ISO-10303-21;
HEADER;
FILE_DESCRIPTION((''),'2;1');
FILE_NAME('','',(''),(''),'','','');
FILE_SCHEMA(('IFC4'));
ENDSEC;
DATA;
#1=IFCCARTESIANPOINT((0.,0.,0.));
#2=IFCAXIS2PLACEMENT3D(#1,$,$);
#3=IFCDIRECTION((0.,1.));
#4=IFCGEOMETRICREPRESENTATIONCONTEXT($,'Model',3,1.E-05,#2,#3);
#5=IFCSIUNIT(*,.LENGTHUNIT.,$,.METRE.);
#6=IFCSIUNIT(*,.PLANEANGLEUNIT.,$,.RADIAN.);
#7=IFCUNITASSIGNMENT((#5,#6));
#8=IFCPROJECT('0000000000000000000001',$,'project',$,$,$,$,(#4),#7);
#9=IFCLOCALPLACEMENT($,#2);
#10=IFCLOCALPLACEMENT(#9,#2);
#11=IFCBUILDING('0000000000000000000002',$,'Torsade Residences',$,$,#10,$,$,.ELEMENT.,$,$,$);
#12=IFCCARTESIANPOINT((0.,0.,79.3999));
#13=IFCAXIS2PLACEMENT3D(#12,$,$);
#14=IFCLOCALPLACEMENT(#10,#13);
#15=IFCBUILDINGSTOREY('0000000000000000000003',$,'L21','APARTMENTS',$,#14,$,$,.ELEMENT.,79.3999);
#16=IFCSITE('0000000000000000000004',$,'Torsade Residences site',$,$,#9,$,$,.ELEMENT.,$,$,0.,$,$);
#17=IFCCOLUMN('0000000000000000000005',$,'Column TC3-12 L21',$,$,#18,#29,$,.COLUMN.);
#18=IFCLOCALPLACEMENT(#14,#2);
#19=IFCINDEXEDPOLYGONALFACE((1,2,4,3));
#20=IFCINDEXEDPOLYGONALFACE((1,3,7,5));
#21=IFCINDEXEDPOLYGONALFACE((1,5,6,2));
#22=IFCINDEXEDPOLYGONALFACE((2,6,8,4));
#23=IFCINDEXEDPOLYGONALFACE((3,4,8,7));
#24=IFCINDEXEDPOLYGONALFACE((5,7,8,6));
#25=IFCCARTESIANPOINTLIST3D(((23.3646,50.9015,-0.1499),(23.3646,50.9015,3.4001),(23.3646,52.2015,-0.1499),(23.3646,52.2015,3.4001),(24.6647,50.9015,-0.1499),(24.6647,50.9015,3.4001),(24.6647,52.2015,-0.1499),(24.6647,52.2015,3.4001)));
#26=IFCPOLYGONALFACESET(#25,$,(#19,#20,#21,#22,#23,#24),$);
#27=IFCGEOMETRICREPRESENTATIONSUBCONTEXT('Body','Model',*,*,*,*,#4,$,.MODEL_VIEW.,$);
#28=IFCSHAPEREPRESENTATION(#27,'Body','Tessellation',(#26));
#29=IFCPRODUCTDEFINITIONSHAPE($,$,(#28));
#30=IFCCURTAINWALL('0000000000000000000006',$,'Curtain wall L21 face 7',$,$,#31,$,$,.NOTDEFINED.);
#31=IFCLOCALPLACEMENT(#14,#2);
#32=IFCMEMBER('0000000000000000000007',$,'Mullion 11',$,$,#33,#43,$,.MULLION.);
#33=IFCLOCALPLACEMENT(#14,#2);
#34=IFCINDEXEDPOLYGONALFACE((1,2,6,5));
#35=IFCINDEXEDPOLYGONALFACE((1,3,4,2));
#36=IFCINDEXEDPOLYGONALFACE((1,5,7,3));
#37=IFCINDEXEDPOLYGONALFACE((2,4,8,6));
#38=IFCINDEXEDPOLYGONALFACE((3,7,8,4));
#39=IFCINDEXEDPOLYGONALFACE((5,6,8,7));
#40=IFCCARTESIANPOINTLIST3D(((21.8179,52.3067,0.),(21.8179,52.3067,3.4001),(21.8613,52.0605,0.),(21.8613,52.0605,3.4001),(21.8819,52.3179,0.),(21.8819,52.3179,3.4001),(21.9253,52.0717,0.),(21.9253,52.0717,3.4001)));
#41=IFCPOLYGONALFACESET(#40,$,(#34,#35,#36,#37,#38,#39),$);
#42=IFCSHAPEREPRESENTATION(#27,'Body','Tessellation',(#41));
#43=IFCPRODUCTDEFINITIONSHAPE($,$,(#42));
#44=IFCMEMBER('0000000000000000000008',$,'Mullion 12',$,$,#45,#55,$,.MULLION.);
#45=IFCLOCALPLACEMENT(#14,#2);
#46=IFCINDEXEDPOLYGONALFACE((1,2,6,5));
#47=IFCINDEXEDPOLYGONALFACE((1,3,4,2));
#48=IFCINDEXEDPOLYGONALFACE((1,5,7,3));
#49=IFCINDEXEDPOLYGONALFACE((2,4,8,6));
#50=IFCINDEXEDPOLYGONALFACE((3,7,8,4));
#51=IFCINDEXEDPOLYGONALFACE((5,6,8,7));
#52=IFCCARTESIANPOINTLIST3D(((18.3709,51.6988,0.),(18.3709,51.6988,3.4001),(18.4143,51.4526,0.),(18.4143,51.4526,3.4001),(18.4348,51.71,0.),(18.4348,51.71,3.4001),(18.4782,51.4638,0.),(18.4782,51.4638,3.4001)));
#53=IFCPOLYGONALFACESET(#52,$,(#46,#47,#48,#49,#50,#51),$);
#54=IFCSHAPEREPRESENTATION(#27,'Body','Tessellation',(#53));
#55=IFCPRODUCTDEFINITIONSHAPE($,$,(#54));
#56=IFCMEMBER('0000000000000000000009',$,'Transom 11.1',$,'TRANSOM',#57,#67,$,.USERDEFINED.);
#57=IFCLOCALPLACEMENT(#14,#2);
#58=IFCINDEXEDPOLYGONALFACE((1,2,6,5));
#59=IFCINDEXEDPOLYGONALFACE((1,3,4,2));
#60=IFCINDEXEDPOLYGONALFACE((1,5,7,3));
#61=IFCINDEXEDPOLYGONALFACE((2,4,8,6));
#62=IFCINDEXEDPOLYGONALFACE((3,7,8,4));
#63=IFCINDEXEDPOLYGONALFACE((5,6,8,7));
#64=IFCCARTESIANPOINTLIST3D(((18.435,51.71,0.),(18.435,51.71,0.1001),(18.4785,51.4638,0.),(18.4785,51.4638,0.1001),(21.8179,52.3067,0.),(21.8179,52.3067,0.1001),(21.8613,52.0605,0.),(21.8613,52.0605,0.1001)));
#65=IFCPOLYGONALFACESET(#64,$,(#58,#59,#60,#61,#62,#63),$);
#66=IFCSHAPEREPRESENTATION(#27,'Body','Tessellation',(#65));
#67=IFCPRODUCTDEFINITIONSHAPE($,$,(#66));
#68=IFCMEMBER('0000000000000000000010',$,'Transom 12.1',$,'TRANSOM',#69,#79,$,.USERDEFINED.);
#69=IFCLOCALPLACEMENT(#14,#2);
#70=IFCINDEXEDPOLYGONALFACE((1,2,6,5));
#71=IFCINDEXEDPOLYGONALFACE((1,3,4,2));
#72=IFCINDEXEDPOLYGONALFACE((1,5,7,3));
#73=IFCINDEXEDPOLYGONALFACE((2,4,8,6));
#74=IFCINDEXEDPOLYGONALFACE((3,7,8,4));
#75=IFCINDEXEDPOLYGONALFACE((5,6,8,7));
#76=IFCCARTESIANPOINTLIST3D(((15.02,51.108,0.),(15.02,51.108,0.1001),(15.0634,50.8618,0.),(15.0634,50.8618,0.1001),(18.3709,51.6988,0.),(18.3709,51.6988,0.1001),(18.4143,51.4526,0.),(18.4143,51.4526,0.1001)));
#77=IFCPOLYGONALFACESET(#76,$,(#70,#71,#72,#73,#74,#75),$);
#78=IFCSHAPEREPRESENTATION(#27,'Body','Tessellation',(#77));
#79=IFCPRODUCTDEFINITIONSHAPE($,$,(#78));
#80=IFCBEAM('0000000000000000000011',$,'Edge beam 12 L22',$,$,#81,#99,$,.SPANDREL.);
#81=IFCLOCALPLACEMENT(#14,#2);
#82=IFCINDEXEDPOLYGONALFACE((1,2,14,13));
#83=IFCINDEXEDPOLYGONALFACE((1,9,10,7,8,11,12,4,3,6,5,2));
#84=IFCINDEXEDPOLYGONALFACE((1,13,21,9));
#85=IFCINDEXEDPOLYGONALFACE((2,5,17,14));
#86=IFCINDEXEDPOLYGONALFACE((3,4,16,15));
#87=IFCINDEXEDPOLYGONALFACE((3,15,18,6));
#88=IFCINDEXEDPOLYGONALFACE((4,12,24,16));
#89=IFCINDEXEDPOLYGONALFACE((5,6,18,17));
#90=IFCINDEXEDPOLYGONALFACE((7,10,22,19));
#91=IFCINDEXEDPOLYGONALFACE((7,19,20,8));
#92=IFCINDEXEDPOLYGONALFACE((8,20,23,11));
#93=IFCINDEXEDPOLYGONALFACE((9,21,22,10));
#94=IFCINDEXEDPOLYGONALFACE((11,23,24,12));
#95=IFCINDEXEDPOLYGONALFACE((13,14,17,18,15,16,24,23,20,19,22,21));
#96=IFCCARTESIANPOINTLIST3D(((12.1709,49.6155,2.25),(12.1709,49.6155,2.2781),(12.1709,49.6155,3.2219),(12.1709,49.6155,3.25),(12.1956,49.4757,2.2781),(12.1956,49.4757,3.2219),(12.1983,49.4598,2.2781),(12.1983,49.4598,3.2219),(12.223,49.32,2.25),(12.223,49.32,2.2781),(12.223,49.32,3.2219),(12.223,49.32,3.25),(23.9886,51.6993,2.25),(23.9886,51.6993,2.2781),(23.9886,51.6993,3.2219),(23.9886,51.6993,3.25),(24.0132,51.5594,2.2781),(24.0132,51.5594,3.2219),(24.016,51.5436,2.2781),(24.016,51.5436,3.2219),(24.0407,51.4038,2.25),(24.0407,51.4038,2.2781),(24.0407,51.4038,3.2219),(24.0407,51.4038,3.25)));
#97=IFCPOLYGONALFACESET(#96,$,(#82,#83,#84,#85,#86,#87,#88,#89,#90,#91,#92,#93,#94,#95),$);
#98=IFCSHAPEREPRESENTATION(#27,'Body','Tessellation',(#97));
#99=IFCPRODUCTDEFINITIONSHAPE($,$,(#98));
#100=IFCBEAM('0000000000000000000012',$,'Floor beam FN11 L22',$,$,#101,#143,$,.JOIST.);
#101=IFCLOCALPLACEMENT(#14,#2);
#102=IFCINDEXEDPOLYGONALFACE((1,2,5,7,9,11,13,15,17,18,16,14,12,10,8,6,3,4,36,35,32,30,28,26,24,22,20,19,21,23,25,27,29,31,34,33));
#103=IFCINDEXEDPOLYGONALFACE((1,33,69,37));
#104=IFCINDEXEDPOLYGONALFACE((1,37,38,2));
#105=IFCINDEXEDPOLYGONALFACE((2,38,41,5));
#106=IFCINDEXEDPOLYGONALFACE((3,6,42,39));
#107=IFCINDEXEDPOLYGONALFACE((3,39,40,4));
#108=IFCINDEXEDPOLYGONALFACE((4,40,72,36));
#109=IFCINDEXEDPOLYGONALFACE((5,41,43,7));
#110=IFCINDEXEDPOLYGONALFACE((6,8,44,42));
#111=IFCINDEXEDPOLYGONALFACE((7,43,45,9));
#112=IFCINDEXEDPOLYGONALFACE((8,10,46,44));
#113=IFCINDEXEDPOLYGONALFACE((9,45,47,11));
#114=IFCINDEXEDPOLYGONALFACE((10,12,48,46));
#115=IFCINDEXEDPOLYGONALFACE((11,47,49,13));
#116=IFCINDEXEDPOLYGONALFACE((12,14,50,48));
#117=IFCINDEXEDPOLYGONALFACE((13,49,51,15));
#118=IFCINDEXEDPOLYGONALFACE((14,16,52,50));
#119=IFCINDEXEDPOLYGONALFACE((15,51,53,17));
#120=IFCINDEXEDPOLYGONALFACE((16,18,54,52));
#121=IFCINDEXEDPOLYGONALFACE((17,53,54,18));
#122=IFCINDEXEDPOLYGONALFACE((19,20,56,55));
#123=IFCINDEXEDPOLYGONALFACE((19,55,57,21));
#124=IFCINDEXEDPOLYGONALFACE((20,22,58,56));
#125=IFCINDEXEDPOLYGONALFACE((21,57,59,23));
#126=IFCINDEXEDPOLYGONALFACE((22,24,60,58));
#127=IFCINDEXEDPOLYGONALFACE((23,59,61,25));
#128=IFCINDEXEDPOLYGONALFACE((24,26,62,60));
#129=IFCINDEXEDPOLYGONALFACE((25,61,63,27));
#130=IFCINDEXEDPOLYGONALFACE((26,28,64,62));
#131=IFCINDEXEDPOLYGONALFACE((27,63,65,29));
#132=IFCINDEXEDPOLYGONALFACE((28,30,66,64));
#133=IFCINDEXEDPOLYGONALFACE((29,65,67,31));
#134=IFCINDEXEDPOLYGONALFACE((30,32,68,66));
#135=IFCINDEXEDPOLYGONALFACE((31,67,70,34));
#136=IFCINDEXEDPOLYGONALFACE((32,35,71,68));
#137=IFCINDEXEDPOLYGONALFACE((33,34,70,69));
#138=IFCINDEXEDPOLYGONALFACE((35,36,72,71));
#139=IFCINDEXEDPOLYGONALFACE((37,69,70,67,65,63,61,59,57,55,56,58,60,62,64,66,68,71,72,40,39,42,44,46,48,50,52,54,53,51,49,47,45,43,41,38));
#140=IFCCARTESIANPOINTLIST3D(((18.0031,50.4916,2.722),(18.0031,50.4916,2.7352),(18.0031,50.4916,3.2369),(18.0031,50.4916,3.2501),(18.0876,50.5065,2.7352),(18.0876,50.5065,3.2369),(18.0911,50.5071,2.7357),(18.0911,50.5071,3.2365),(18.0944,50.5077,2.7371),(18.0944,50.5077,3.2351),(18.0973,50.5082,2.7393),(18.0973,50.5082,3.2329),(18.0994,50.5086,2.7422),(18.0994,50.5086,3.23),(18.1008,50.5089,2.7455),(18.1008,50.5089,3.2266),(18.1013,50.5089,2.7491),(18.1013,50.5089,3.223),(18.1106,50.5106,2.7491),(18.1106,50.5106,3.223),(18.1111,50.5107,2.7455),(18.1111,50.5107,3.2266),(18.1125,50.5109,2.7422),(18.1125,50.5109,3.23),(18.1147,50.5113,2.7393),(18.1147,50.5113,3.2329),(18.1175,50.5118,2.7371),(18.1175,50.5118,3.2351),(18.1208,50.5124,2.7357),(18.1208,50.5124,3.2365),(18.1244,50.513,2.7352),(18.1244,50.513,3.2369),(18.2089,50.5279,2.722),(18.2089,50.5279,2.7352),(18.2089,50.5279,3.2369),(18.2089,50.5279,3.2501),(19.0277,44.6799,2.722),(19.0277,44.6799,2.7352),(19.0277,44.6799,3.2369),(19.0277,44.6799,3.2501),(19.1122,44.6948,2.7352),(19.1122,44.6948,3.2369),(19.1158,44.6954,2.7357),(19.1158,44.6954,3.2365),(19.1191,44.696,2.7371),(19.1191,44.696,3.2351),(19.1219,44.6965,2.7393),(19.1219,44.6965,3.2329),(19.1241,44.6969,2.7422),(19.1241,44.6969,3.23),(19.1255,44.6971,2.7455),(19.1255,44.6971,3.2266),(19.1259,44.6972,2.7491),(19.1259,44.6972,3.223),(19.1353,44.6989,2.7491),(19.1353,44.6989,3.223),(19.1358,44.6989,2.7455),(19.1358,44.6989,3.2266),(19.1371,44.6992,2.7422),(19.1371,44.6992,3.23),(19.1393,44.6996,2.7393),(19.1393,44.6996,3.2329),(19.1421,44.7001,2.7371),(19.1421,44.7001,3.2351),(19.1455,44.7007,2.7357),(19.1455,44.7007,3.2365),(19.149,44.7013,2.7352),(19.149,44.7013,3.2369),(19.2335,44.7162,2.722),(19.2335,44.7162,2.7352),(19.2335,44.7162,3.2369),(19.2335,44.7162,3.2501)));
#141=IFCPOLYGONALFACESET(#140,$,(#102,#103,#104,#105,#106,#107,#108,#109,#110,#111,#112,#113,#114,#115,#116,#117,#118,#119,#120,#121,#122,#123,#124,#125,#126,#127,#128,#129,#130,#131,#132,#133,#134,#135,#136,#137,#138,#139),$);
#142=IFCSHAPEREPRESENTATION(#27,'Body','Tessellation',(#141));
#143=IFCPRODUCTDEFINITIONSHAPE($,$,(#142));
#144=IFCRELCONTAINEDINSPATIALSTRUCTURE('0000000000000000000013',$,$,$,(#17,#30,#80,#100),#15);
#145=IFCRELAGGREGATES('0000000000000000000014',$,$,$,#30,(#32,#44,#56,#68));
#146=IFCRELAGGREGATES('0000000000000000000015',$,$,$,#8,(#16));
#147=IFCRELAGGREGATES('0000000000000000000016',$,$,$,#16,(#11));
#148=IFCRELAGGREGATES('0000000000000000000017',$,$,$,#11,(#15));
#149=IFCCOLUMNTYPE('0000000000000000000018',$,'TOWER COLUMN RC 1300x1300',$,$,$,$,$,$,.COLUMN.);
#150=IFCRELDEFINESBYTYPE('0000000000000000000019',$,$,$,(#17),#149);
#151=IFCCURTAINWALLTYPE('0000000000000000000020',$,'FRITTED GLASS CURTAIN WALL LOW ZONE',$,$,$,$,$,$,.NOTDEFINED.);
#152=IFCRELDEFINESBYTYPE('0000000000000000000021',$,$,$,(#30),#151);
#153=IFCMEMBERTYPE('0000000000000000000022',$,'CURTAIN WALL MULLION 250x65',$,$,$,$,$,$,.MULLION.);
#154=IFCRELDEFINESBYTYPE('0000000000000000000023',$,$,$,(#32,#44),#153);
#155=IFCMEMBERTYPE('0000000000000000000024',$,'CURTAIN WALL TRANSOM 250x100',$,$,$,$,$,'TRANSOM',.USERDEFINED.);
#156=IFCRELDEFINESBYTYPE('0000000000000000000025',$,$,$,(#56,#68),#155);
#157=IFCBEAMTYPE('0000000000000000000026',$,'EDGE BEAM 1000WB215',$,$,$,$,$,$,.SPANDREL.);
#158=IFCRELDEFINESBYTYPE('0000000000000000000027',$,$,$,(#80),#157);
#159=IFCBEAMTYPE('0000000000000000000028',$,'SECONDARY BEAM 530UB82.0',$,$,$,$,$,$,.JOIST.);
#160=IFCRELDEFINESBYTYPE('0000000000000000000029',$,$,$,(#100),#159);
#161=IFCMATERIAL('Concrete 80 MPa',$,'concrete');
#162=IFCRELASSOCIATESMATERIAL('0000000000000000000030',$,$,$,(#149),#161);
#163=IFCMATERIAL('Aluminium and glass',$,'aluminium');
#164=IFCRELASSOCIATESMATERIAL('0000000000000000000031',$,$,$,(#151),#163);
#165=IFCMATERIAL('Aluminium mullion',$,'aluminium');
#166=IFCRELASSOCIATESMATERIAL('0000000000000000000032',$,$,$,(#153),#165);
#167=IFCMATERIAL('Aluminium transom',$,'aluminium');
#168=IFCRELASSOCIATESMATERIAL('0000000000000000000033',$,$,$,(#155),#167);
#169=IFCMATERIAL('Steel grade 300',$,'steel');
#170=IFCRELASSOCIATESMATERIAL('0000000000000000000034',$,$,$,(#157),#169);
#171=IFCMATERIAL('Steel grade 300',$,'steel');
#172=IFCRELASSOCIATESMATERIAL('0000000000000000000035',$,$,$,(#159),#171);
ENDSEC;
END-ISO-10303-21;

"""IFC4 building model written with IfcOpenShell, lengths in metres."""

from ifc_helpers import new_model, si_unit, direction, frame, origin, origin_2d, place, context, subcontext, project, spatial, rectangle, i_section, extrude, material, material_profile, profile_set, type_object, element, aggregate, save


model = new_model("IFC4")

# Units and contexts
model_context = context("Model", 3, precision=1e-05, world=origin(), true_north=direction((0.0, 1.0)))
body_context = subcontext(model_context, "Body", "Model", "MODEL_VIEW")
ifc_project = project(units=[si_unit("LENGTHUNIT", "METRE"), si_unit("PLANEANGLEUNIT", "RADIAN")], contexts=[model_context])

# Site, building, storey
site_placement = place(None, origin())
site = spatial("IfcSite", under=ifc_project, at=site_placement, Name="Torsade Residences site", CompositionType="ELEMENT", RefElevation=0.0)
building_placement = place(site_placement, origin())
building = spatial("IfcBuilding", under=site, at=building_placement, Name="Torsade Residences", CompositionType="ELEMENT")
storey_placement = place(building_placement, frame((0.0, 0.0, 79.3999)))
storey = spatial("IfcBuildingStorey", under=building, at=storey_placement, Name="L21", Description="APARTMENTS", CompositionType="ELEMENT", Elevation=79.3999)

# Column
ifc_material_1 = material(Name="Concrete 80 MPa", Category="concrete")
ifc_material_profile_1 = material_profile(ifc_material_1, rectangle(XDim=1.3, YDim=1.3, at=origin_2d()), Name="RC 1300x1300")
ifc_profile_set_1 = profile_set([ifc_material_profile_1], Name="Concrete 80 MPa")
column_type = type_object("IfcColumnType", Name="TOWER COLUMN RC 1300x1300", PredefinedType="COLUMN", material=ifc_profile_set_1)
column_placement = place(storey_placement, frame((24.0146, 51.5515, -0.1499), z_axis=(0.0, 0.0, 1.0), x_axis=(1.0, 0.0, 0.0)))
element("IfcColumn", 1, at=column_placement, inside=storey, type_object=column_type, Name="Column TC3-12 L21", PredefinedType="COLUMN", context=body_context, shape_type="SweptSolid", body=[
    extrude(rectangle(XDim=1.3, YDim=1.3, at=origin_2d()), origin(), (0.0, 0.0, 1.0), 3.55),
])

# Curtain wall, members
ifc_material_2 = material(Name="Aluminium and glass", Category="aluminium")
curtain_wall_type = type_object("IfcCurtainWallType", Name="FRITTED GLASS CURTAIN WALL LOW ZONE", PredefinedType="NOTDEFINED", material=ifc_material_2)
curtain_wall_placement = place(storey_placement, origin())
curtain_wall = element("IfcCurtainWall", 2, at=curtain_wall_placement, inside=storey, type_object=curtain_wall_type, Name="Curtain wall L21 face 7", PredefinedType="NOTDEFINED")
ifc_material_3 = material(Name="Aluminium mullion", Category="aluminium")
ifc_material_profile_2 = material_profile(ifc_material_3, rectangle(XDim=0.25, YDim=0.0649, at=origin_2d()), Name="CURTAIN WALL MULLION 250x65")
ifc_profile_set_2 = profile_set([ifc_material_profile_2], Name="Aluminium mullion")
member_type_1 = type_object("IfcMemberType", Name="CURTAIN WALL MULLION 250x65", PredefinedType="MULLION", material=ifc_profile_set_2)
member_1_placement = place(storey_placement, frame((21.8716, 52.1892, 0.0), z_axis=(0.0, 0.0, 1.0), x_axis=(0.173648, -0.984808, 0.0)))
member_1 = element("IfcMember", 3, at=member_1_placement, type_object=member_type_1, Name="Mullion 11", PredefinedType="MULLION", context=body_context, shape_type="SweptSolid", body=[
    extrude(rectangle(XDim=0.25, YDim=0.0649, at=origin_2d()), origin(), (0.0, 0.0, 1.0), 3.4001),
])
member_2_placement = place(storey_placement, frame((18.4246, 51.5813, 0.0), z_axis=(0.0, 0.0, 1.0), x_axis=(0.173648, -0.984808, 0.0)))
member_2 = element("IfcMember", 4, at=member_2_placement, type_object=member_type_1, Name="Mullion 12", PredefinedType="MULLION", context=body_context, shape_type="SweptSolid", body=[
    extrude(rectangle(XDim=0.25, YDim=0.0649, at=origin_2d()), origin(), (0.0, 0.0, 1.0), 3.4001),
])
ifc_material_4 = material(Name="Aluminium transom", Category="aluminium")
ifc_material_profile_3 = material_profile(ifc_material_4, rectangle(XDim=0.25, YDim=0.1001, at=origin_2d()), Name="CURTAIN WALL TRANSOM 250x100")
ifc_profile_set_3 = profile_set([ifc_material_profile_3], Name="Aluminium transom")
member_type_2 = type_object("IfcMemberType", Name="CURTAIN WALL TRANSOM 250x100", ElementType="TRANSOM", PredefinedType="USERDEFINED", material=ifc_profile_set_3)
member_3_placement = place(storey_placement, frame((21.8396, 52.1836, 0.05), z_axis=(-0.984798, -0.173704, 0.0), x_axis=(0.173704, -0.984798, 0.0)))
member_3 = element("IfcMember", 5, at=member_3_placement, type_object=member_type_2, Name="Transom 11.1", ObjectType="TRANSOM", PredefinedType="USERDEFINED", context=body_context, shape_type="SweptSolid", body=[
    extrude(rectangle(XDim=0.25, YDim=0.1001, at=origin_2d()), origin(), (0.0, 0.0, 1.0), 3.4351),
])
member_4_placement = place(storey_placement, frame((18.3926, 51.5757, 0.05), z_axis=(-0.984809, -0.173642, 0.0), x_axis=(0.173642, -0.984809, 0.0)))
member_4 = element("IfcMember", 6, at=member_4_placement, type_object=member_type_2, Name="Transom 12.1", ObjectType="TRANSOM", PredefinedType="USERDEFINED", context=body_context, shape_type="SweptSolid", body=[
    extrude(rectangle(XDim=0.25, YDim=0.1001, at=origin_2d()), origin(), (0.0, 0.0, 1.0), 3.4026),
])

# Beams
ifc_material_5 = material(Name="Steel grade 300", Category="steel")
ifc_material_profile_4 = material_profile(ifc_material_5, i_section(OverallWidth=0.3, OverallDepth=1.0, WebThickness=0.0161, FlangeThickness=0.0281, at=origin_2d()), Name="1000WB215")
ifc_profile_set_4 = profile_set([ifc_material_profile_4], Name="Steel grade 300")
beam_type_1 = type_object("IfcBeamType", Name="EDGE BEAM 1000WB215", PredefinedType="SPANDREL", material=ifc_profile_set_4)
beam_1_placement = place(storey_placement, frame((24.0146, 51.5515, 2.75), z_axis=(-0.984808, -0.173646, 0.0), x_axis=(0.173646, -0.984808, 0.0)))
element("IfcBeam", 7, at=beam_1_placement, inside=storey, type_object=beam_type_1, Name="Edge beam 12 L22", PredefinedType="SPANDREL", context=body_context, shape_type="SweptSolid", body=[
    extrude(i_section(OverallWidth=0.3, OverallDepth=1.0, WebThickness=0.0161, FlangeThickness=0.0281, at=origin_2d()), origin(), (0.0, 0.0, 1.0), 12.0),
])
ifc_material_6 = material(Name="Steel grade 300", Category="steel")
ifc_material_profile_5 = material_profile(ifc_material_6, i_section(OverallWidth=0.209, OverallDepth=0.5281, WebThickness=0.0095, FlangeThickness=0.0132, FilletRadius=0.0139, at=origin_2d()), Name="530UB82.0")
ifc_profile_set_5 = profile_set([ifc_material_profile_5], Name="Steel grade 300")
beam_type_2 = type_object("IfcBeamType", Name="SECONDARY BEAM 530UB82.0", PredefinedType="JOIST", material=ifc_profile_set_5)
beam_2_placement = place(storey_placement, frame((18.106, 50.5098, 2.9861), z_axis=(0.17363, -0.984811, 0.0), x_axis=(0.984811, 0.17363, 0.0)))
element("IfcBeam", 8, at=beam_2_placement, inside=storey, type_object=beam_type_2, Name="Floor beam FN11 L22", PredefinedType="JOIST", context=body_context, shape_type="SweptSolid", body=[
    extrude(i_section(OverallWidth=0.209, OverallDepth=0.5281, WebThickness=0.0095, FlangeThickness=0.0132, FilletRadius=0.0139, at=origin_2d()), origin(), (0.0, 0.0, 1.0), 5.9014),
])

aggregate(curtain_wall, [member_1, member_2, member_3, member_4])

save(model, "model.ifc")
